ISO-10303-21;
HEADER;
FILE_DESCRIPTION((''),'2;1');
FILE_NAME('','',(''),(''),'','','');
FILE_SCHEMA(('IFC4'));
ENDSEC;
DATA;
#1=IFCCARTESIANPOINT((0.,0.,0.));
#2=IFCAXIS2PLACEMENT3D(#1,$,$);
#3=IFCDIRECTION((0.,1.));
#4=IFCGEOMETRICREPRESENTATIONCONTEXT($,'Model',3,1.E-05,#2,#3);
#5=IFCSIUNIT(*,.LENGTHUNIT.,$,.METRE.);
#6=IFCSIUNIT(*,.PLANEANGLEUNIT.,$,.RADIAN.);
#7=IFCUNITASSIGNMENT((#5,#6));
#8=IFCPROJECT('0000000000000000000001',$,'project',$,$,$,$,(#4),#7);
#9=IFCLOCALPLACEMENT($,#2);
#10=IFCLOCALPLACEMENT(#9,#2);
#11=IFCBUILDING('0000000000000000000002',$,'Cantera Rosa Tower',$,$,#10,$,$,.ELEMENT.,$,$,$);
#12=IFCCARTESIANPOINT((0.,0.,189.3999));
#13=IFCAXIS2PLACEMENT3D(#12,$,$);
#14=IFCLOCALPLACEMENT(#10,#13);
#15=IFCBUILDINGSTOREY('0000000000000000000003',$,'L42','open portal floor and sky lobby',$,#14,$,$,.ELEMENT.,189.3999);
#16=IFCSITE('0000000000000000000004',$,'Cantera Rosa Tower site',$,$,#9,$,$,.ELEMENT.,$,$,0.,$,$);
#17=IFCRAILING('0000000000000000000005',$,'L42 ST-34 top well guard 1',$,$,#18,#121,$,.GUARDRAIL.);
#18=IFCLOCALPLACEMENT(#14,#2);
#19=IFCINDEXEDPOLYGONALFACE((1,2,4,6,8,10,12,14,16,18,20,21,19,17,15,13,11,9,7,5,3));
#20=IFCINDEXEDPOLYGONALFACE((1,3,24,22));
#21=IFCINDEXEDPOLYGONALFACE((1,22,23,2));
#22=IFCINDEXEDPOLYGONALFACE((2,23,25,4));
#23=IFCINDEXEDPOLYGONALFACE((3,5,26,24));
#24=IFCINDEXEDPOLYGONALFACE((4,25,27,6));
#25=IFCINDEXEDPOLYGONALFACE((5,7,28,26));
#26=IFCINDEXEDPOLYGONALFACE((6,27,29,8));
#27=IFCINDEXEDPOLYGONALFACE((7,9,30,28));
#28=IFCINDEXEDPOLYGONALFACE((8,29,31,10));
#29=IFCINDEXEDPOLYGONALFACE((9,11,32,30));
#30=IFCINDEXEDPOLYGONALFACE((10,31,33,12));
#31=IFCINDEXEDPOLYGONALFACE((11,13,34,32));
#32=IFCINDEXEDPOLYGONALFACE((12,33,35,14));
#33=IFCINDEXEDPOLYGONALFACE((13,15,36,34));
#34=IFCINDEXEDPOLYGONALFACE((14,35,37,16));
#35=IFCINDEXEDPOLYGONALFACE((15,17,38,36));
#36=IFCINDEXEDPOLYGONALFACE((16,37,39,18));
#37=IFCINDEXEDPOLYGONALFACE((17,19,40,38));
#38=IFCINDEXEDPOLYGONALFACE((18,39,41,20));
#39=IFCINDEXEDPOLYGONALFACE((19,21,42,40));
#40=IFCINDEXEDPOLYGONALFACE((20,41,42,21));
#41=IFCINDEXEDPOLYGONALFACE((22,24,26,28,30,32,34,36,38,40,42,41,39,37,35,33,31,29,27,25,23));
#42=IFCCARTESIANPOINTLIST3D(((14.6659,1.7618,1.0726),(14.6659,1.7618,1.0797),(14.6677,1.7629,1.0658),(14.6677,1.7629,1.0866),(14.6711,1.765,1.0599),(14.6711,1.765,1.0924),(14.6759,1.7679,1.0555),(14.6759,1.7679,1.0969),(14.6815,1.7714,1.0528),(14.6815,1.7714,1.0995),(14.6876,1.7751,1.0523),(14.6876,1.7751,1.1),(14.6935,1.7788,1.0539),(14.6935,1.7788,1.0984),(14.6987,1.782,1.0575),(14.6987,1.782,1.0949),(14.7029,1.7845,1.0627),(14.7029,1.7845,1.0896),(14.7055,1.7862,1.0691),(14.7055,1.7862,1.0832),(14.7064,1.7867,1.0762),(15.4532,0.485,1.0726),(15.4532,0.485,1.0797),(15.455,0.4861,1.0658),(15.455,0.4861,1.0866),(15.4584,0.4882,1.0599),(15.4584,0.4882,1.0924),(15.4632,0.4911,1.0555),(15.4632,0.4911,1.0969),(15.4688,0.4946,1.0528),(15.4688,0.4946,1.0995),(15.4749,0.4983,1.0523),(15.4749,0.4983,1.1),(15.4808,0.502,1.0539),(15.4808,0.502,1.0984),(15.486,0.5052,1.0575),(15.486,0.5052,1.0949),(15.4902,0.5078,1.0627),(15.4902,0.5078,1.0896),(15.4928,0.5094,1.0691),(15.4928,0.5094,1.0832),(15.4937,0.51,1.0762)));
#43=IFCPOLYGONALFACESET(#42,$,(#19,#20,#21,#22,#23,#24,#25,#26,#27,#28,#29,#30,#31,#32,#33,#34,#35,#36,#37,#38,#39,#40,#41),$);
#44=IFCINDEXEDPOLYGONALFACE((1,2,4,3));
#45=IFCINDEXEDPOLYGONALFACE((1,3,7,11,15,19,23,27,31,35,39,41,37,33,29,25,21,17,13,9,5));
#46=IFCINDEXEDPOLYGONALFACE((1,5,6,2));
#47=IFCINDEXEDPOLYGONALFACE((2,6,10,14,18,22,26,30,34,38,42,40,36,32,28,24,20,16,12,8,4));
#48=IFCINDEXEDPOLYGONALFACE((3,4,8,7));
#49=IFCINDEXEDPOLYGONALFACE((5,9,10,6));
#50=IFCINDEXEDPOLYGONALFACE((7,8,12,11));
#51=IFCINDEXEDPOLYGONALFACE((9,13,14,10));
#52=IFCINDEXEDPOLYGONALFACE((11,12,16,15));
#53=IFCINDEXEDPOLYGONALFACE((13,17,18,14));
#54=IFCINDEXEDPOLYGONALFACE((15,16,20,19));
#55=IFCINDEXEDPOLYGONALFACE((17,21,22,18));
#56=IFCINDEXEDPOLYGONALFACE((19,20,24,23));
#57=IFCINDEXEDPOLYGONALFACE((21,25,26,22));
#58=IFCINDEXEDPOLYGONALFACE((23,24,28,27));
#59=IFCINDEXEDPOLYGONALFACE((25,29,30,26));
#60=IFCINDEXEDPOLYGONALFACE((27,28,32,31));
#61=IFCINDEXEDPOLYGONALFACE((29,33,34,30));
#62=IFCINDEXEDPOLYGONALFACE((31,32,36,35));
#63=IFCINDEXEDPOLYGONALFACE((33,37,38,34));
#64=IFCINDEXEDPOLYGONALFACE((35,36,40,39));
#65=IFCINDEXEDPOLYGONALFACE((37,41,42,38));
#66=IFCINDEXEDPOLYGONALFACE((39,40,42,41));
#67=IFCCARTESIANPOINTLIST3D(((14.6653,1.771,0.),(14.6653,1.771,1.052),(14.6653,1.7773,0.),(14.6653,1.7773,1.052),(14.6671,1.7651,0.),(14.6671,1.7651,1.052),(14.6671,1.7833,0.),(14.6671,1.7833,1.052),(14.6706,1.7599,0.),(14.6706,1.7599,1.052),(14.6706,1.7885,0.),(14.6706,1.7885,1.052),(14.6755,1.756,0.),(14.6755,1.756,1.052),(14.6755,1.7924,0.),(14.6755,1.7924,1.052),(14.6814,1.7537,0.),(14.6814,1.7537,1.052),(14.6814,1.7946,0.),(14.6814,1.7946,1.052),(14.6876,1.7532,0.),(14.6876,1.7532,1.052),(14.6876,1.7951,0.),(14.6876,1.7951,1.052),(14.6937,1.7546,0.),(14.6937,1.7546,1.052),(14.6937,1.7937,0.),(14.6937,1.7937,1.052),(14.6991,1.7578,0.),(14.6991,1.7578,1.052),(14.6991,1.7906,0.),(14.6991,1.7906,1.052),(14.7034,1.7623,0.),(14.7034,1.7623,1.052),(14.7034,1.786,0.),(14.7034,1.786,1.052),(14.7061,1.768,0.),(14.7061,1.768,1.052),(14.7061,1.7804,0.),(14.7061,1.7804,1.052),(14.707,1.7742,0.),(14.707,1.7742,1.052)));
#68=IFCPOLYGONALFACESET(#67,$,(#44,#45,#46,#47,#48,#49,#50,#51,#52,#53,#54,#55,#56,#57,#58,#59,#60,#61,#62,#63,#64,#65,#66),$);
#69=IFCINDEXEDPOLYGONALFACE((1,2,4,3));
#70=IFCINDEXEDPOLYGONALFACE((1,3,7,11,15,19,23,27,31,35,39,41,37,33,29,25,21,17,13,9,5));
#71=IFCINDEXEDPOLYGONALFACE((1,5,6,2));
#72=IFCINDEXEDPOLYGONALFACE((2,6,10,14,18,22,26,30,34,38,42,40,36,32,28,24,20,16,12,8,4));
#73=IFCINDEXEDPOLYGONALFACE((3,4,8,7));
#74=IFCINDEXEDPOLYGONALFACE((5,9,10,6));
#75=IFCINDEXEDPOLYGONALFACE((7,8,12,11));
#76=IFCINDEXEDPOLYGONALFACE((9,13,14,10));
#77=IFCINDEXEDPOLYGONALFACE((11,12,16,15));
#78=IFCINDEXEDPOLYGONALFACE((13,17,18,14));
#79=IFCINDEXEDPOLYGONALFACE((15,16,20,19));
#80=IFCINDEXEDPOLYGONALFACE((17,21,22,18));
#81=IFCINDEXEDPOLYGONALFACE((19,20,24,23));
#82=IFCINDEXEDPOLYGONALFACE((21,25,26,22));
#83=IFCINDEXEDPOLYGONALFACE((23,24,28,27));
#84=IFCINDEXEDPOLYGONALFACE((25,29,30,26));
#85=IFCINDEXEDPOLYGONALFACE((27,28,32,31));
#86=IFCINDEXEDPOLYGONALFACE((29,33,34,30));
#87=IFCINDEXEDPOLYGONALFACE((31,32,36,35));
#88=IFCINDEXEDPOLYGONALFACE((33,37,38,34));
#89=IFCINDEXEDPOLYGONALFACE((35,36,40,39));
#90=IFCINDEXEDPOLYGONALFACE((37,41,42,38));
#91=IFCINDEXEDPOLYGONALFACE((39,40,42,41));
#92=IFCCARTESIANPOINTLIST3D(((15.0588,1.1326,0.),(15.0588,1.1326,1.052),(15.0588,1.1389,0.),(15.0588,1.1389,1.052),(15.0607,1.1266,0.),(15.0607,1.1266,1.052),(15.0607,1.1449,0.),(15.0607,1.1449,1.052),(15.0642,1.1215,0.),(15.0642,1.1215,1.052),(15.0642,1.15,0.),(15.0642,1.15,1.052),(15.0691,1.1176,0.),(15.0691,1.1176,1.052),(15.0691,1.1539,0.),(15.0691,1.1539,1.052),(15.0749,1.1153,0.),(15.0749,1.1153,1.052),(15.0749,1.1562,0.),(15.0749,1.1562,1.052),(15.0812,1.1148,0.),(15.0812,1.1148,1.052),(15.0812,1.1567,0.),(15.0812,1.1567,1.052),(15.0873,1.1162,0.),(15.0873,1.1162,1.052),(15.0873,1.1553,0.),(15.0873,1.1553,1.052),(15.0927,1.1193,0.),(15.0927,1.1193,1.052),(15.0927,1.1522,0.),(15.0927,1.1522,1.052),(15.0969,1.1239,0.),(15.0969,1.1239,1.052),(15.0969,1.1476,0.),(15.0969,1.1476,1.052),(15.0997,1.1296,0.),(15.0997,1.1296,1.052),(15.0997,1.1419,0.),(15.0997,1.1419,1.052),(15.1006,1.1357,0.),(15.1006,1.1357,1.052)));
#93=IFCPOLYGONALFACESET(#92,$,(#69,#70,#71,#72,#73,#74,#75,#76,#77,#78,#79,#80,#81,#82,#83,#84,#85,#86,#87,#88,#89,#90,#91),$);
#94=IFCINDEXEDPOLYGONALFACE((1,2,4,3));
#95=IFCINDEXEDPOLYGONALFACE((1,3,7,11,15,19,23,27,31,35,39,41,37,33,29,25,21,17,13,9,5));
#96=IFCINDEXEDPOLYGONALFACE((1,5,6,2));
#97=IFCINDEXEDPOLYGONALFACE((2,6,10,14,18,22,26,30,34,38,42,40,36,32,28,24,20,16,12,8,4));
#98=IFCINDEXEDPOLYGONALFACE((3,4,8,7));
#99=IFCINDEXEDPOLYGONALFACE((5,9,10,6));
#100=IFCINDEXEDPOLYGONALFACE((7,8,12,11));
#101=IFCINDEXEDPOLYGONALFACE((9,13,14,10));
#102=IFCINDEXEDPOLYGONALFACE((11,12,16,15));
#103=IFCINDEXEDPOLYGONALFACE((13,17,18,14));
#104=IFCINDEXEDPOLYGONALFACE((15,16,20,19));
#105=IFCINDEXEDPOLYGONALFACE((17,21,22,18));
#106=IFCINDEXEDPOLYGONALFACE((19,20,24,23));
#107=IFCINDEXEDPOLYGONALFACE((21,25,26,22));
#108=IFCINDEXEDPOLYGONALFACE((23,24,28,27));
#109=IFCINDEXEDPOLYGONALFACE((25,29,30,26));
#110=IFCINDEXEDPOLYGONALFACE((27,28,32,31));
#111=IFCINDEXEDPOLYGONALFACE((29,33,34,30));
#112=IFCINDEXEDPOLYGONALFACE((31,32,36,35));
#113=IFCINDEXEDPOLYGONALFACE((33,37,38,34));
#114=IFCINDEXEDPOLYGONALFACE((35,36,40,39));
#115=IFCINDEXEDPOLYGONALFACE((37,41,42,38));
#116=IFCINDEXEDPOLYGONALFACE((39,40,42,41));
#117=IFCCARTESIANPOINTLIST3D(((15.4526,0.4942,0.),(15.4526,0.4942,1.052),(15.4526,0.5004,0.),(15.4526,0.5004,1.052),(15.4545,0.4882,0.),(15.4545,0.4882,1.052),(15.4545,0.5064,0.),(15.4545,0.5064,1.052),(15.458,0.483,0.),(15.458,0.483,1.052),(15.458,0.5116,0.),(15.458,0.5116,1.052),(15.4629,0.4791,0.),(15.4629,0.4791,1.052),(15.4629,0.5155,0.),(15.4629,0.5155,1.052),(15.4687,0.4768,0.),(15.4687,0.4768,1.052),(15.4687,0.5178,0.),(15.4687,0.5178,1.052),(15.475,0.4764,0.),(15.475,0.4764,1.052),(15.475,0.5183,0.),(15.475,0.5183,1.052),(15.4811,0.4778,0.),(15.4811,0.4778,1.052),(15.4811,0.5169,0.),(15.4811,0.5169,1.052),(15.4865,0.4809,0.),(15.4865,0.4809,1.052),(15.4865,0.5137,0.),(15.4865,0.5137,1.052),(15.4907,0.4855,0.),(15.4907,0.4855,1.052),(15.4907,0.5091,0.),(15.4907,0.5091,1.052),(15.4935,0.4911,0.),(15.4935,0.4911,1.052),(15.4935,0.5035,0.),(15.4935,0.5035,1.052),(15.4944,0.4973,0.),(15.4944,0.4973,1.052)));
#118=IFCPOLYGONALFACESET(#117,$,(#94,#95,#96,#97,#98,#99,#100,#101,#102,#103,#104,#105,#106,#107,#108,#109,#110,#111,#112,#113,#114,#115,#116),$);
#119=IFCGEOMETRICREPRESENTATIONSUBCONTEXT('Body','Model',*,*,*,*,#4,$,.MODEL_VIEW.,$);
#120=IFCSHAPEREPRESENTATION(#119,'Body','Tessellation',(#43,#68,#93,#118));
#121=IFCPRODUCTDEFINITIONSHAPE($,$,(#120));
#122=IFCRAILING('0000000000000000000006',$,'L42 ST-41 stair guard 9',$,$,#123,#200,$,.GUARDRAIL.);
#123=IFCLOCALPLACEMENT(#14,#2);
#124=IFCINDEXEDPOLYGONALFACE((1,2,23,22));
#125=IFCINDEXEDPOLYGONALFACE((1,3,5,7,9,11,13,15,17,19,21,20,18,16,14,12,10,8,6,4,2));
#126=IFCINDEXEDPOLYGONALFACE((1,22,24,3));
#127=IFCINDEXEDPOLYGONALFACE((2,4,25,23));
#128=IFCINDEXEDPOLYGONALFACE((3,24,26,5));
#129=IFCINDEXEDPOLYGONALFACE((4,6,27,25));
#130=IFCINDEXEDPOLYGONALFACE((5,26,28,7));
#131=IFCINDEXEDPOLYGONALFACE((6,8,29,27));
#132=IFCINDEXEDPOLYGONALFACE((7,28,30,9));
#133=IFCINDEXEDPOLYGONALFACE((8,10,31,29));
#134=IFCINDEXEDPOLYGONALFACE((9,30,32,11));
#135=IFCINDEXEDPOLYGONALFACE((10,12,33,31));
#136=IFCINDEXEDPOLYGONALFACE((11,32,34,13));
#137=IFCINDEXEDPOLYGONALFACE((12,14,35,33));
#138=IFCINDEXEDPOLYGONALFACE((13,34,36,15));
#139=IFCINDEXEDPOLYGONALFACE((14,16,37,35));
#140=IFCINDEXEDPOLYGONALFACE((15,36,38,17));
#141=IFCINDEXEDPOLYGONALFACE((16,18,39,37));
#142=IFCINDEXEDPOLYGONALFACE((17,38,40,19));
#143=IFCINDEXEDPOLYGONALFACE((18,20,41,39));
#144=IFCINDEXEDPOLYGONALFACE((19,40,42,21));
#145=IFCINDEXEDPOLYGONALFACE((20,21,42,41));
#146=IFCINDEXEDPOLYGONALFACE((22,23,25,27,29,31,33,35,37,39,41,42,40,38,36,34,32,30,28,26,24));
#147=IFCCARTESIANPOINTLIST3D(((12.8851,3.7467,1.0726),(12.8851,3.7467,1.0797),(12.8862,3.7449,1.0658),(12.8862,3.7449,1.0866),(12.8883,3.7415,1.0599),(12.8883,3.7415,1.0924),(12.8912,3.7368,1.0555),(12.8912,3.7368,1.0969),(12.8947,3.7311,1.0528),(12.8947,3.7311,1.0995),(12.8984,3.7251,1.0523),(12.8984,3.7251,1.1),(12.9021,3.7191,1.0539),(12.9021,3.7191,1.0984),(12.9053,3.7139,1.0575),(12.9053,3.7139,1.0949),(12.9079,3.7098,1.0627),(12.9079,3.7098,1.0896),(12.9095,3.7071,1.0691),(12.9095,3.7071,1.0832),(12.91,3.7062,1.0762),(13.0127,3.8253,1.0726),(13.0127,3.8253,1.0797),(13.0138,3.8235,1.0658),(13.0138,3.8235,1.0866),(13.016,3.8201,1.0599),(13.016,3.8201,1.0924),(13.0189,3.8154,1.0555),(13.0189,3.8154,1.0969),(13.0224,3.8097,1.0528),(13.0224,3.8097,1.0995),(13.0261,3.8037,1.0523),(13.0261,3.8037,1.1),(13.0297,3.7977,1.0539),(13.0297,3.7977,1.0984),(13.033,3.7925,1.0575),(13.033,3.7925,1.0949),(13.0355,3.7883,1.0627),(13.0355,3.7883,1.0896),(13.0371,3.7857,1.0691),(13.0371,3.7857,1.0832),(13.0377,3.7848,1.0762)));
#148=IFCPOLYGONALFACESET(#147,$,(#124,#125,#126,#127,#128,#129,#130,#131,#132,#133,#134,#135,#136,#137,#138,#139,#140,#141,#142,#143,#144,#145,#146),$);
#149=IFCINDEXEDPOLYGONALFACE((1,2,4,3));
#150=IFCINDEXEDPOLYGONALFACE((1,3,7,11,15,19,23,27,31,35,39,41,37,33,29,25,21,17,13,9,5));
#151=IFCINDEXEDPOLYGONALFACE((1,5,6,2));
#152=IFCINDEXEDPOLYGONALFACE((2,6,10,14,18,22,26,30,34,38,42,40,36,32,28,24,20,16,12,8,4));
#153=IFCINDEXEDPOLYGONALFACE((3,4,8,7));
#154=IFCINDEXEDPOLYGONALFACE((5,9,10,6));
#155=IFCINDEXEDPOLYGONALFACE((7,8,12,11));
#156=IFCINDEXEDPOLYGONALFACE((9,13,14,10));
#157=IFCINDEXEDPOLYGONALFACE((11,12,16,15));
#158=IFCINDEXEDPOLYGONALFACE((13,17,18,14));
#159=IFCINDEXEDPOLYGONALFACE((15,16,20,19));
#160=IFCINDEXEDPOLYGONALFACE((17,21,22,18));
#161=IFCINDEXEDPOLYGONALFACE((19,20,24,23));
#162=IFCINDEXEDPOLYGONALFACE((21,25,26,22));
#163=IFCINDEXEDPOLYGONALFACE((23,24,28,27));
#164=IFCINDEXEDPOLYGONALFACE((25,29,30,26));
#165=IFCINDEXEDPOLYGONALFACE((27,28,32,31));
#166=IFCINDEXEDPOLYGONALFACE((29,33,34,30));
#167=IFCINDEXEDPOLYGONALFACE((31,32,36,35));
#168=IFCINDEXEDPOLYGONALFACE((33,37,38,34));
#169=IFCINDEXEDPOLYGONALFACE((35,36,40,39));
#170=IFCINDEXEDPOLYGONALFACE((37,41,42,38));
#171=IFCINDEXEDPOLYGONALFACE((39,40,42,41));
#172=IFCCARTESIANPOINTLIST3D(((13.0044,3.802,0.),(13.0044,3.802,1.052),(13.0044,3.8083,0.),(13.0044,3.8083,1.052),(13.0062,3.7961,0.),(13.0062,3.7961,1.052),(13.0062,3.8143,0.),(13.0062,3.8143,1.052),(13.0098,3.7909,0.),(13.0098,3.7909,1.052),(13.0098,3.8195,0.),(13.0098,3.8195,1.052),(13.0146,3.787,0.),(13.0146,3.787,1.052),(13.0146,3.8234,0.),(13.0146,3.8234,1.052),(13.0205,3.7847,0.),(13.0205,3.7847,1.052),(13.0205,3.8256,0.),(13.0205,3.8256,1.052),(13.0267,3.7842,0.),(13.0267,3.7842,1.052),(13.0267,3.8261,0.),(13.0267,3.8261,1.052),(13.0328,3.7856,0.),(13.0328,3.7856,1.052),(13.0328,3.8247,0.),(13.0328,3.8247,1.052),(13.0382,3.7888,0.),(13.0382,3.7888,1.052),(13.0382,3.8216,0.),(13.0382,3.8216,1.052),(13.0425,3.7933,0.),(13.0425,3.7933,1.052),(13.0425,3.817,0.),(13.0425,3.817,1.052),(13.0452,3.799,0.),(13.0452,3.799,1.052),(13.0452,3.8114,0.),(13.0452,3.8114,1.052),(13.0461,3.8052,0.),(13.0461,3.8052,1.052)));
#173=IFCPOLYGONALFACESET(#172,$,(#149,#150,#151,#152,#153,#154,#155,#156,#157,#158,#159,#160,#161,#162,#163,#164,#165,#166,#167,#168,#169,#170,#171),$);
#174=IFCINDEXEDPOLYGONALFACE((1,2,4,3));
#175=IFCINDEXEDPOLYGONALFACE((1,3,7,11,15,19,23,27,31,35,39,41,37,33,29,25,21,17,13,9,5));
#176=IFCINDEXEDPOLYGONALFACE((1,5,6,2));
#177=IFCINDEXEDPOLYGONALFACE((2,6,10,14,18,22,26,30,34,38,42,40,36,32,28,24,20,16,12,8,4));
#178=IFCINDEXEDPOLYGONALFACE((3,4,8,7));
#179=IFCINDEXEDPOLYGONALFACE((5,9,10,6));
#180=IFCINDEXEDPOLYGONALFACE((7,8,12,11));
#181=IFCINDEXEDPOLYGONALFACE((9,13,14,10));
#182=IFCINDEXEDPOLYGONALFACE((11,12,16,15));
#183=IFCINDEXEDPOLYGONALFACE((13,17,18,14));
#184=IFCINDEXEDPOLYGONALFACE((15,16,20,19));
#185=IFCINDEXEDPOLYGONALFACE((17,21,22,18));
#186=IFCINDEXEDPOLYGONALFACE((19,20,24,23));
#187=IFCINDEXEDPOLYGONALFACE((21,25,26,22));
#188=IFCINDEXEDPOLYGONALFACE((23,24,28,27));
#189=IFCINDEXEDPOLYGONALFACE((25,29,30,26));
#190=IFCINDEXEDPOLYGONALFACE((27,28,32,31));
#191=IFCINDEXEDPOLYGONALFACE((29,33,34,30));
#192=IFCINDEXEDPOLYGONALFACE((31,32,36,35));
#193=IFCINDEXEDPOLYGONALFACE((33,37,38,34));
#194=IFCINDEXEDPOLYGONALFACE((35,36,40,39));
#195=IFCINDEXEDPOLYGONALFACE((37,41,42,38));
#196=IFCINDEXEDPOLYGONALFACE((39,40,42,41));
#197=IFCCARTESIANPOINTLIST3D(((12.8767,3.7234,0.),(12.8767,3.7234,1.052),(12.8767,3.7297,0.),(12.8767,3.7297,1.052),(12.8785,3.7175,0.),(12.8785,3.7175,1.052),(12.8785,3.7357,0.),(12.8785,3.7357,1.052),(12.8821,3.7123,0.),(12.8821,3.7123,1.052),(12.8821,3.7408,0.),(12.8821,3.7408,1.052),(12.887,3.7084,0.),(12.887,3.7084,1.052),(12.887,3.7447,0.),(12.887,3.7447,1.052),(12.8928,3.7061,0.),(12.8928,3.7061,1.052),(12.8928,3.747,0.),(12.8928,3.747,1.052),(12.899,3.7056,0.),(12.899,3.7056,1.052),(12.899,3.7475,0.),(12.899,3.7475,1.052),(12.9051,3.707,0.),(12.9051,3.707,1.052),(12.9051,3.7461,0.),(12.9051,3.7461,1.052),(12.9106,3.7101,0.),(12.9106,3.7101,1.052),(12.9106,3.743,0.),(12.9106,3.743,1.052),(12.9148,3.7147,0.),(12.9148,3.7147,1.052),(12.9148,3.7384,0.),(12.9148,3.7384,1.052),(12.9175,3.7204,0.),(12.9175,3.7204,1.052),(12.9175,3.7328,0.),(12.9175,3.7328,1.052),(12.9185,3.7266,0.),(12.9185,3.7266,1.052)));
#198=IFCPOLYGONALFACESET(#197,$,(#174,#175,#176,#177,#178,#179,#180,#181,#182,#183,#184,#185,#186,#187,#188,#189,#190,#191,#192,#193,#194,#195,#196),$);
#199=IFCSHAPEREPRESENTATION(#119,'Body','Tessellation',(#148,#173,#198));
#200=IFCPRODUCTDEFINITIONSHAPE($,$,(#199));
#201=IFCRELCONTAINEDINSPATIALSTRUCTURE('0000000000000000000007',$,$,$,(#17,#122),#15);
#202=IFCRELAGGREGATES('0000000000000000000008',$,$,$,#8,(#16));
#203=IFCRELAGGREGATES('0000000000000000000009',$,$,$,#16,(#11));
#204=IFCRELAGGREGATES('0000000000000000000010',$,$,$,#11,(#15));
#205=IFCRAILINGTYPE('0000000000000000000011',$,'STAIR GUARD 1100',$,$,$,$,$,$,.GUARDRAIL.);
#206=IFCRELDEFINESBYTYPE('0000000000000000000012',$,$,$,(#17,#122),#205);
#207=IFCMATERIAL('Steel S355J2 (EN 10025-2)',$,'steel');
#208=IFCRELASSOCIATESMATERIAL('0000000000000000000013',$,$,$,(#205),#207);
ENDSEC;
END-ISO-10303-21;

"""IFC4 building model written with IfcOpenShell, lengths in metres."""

from ifc_helpers import new_model, si_unit, direction, frame, origin, origin_2d, place, context, subcontext, project, spatial, circle, extrude, material, type_object, element, save


model = new_model("IFC4")

# Units and contexts
model_context = context("Model", 3, precision=1e-05, world=origin(), true_north=direction((0.0, 1.0)))
body_context = subcontext(model_context, "Body", "Model", "MODEL_VIEW")
ifc_project = project(units=[si_unit("LENGTHUNIT", "METRE"), si_unit("PLANEANGLEUNIT", "RADIAN")], contexts=[model_context])

# Site, building, storey
site_placement = place(None, origin())
site = spatial("IfcSite", under=ifc_project, at=site_placement, Name="Cantera Rosa Tower site", CompositionType="ELEMENT", RefElevation=0.0)
building_placement = place(site_placement, origin())
building = spatial("IfcBuilding", under=site, at=building_placement, Name="Cantera Rosa Tower", CompositionType="ELEMENT")
storey_placement = place(building_placement, frame((0.0, 0.0, 189.3999)))
storey = spatial("IfcBuildingStorey", under=building, at=storey_placement, Name="L42", Description="open portal floor and sky lobby", CompositionType="ELEMENT", Elevation=189.3999)

# Railings
ifc_material_1 = material(Name="Steel S355J2 (EN 10025-2)", Category="steel")
railing_type_1 = type_object("IfcRailingType", Name="STAIR GUARD 1100", PredefinedType="GUARDRAIL", material=ifc_material_1)
railing_1_placement = place(storey_placement, frame((14.686, 1.7742, 0.0)))
element("IfcRailing", 1, at=railing_1_placement, inside=storey, type_object=railing_type_1, Name="L42 ST-34 top well guard 1", PredefinedType="GUARDRAIL", context=body_context, shape_type="SweptSolid", body=[
    extrude(circle(Radius=0.0239, at=origin_2d()), frame((0.0, 0.0, 1.0762), z_axis=(0.524869, -0.851183, 0.0), x_axis=(0.851183, 0.524869, 0.0)), (0.0, 0.0, 1.0), 1.5),
    extrude(circle(Radius=0.021, at=origin_2d()), origin(), (0.0, 0.0, 1.0), 1.052),
    extrude(circle(Radius=0.021, at=origin_2d()), frame((0.3936, -0.6384, 0.0)), (0.0, 0.0, 1.0), 1.052),
    extrude(circle(Radius=0.021, at=origin_2d()), frame((0.7874, -1.2769, 0.0)), (0.0, 0.0, 1.0), 1.052),
])
railing_2_placement = place(storey_placement, frame((13.0251, 3.8052, 0.0)))
element("IfcRailing", 2, at=railing_2_placement, inside=storey, type_object=railing_type_1, Name="L42 ST-41 stair guard 9", PredefinedType="GUARDRAIL", context=body_context, shape_type="SweptSolid", body=[
    extrude(circle(Radius=0.0239, at=origin_2d()), frame((0.0, 0.0, 1.0762), z_axis=(-0.851546, -0.524279, 0.0), x_axis=(0.524279, -0.851546, 0.0)), (0.0, 0.0, 1.0), 0.1499),
    extrude(circle(Radius=0.021, at=origin_2d()), origin(), (0.0, 0.0, 1.0), 1.052),
    extrude(circle(Radius=0.021, at=origin_2d()), frame((-0.1277, -0.0786, 0.0)), (0.0, 0.0, 1.0), 1.052),
])

save(model, "model.ifc")
